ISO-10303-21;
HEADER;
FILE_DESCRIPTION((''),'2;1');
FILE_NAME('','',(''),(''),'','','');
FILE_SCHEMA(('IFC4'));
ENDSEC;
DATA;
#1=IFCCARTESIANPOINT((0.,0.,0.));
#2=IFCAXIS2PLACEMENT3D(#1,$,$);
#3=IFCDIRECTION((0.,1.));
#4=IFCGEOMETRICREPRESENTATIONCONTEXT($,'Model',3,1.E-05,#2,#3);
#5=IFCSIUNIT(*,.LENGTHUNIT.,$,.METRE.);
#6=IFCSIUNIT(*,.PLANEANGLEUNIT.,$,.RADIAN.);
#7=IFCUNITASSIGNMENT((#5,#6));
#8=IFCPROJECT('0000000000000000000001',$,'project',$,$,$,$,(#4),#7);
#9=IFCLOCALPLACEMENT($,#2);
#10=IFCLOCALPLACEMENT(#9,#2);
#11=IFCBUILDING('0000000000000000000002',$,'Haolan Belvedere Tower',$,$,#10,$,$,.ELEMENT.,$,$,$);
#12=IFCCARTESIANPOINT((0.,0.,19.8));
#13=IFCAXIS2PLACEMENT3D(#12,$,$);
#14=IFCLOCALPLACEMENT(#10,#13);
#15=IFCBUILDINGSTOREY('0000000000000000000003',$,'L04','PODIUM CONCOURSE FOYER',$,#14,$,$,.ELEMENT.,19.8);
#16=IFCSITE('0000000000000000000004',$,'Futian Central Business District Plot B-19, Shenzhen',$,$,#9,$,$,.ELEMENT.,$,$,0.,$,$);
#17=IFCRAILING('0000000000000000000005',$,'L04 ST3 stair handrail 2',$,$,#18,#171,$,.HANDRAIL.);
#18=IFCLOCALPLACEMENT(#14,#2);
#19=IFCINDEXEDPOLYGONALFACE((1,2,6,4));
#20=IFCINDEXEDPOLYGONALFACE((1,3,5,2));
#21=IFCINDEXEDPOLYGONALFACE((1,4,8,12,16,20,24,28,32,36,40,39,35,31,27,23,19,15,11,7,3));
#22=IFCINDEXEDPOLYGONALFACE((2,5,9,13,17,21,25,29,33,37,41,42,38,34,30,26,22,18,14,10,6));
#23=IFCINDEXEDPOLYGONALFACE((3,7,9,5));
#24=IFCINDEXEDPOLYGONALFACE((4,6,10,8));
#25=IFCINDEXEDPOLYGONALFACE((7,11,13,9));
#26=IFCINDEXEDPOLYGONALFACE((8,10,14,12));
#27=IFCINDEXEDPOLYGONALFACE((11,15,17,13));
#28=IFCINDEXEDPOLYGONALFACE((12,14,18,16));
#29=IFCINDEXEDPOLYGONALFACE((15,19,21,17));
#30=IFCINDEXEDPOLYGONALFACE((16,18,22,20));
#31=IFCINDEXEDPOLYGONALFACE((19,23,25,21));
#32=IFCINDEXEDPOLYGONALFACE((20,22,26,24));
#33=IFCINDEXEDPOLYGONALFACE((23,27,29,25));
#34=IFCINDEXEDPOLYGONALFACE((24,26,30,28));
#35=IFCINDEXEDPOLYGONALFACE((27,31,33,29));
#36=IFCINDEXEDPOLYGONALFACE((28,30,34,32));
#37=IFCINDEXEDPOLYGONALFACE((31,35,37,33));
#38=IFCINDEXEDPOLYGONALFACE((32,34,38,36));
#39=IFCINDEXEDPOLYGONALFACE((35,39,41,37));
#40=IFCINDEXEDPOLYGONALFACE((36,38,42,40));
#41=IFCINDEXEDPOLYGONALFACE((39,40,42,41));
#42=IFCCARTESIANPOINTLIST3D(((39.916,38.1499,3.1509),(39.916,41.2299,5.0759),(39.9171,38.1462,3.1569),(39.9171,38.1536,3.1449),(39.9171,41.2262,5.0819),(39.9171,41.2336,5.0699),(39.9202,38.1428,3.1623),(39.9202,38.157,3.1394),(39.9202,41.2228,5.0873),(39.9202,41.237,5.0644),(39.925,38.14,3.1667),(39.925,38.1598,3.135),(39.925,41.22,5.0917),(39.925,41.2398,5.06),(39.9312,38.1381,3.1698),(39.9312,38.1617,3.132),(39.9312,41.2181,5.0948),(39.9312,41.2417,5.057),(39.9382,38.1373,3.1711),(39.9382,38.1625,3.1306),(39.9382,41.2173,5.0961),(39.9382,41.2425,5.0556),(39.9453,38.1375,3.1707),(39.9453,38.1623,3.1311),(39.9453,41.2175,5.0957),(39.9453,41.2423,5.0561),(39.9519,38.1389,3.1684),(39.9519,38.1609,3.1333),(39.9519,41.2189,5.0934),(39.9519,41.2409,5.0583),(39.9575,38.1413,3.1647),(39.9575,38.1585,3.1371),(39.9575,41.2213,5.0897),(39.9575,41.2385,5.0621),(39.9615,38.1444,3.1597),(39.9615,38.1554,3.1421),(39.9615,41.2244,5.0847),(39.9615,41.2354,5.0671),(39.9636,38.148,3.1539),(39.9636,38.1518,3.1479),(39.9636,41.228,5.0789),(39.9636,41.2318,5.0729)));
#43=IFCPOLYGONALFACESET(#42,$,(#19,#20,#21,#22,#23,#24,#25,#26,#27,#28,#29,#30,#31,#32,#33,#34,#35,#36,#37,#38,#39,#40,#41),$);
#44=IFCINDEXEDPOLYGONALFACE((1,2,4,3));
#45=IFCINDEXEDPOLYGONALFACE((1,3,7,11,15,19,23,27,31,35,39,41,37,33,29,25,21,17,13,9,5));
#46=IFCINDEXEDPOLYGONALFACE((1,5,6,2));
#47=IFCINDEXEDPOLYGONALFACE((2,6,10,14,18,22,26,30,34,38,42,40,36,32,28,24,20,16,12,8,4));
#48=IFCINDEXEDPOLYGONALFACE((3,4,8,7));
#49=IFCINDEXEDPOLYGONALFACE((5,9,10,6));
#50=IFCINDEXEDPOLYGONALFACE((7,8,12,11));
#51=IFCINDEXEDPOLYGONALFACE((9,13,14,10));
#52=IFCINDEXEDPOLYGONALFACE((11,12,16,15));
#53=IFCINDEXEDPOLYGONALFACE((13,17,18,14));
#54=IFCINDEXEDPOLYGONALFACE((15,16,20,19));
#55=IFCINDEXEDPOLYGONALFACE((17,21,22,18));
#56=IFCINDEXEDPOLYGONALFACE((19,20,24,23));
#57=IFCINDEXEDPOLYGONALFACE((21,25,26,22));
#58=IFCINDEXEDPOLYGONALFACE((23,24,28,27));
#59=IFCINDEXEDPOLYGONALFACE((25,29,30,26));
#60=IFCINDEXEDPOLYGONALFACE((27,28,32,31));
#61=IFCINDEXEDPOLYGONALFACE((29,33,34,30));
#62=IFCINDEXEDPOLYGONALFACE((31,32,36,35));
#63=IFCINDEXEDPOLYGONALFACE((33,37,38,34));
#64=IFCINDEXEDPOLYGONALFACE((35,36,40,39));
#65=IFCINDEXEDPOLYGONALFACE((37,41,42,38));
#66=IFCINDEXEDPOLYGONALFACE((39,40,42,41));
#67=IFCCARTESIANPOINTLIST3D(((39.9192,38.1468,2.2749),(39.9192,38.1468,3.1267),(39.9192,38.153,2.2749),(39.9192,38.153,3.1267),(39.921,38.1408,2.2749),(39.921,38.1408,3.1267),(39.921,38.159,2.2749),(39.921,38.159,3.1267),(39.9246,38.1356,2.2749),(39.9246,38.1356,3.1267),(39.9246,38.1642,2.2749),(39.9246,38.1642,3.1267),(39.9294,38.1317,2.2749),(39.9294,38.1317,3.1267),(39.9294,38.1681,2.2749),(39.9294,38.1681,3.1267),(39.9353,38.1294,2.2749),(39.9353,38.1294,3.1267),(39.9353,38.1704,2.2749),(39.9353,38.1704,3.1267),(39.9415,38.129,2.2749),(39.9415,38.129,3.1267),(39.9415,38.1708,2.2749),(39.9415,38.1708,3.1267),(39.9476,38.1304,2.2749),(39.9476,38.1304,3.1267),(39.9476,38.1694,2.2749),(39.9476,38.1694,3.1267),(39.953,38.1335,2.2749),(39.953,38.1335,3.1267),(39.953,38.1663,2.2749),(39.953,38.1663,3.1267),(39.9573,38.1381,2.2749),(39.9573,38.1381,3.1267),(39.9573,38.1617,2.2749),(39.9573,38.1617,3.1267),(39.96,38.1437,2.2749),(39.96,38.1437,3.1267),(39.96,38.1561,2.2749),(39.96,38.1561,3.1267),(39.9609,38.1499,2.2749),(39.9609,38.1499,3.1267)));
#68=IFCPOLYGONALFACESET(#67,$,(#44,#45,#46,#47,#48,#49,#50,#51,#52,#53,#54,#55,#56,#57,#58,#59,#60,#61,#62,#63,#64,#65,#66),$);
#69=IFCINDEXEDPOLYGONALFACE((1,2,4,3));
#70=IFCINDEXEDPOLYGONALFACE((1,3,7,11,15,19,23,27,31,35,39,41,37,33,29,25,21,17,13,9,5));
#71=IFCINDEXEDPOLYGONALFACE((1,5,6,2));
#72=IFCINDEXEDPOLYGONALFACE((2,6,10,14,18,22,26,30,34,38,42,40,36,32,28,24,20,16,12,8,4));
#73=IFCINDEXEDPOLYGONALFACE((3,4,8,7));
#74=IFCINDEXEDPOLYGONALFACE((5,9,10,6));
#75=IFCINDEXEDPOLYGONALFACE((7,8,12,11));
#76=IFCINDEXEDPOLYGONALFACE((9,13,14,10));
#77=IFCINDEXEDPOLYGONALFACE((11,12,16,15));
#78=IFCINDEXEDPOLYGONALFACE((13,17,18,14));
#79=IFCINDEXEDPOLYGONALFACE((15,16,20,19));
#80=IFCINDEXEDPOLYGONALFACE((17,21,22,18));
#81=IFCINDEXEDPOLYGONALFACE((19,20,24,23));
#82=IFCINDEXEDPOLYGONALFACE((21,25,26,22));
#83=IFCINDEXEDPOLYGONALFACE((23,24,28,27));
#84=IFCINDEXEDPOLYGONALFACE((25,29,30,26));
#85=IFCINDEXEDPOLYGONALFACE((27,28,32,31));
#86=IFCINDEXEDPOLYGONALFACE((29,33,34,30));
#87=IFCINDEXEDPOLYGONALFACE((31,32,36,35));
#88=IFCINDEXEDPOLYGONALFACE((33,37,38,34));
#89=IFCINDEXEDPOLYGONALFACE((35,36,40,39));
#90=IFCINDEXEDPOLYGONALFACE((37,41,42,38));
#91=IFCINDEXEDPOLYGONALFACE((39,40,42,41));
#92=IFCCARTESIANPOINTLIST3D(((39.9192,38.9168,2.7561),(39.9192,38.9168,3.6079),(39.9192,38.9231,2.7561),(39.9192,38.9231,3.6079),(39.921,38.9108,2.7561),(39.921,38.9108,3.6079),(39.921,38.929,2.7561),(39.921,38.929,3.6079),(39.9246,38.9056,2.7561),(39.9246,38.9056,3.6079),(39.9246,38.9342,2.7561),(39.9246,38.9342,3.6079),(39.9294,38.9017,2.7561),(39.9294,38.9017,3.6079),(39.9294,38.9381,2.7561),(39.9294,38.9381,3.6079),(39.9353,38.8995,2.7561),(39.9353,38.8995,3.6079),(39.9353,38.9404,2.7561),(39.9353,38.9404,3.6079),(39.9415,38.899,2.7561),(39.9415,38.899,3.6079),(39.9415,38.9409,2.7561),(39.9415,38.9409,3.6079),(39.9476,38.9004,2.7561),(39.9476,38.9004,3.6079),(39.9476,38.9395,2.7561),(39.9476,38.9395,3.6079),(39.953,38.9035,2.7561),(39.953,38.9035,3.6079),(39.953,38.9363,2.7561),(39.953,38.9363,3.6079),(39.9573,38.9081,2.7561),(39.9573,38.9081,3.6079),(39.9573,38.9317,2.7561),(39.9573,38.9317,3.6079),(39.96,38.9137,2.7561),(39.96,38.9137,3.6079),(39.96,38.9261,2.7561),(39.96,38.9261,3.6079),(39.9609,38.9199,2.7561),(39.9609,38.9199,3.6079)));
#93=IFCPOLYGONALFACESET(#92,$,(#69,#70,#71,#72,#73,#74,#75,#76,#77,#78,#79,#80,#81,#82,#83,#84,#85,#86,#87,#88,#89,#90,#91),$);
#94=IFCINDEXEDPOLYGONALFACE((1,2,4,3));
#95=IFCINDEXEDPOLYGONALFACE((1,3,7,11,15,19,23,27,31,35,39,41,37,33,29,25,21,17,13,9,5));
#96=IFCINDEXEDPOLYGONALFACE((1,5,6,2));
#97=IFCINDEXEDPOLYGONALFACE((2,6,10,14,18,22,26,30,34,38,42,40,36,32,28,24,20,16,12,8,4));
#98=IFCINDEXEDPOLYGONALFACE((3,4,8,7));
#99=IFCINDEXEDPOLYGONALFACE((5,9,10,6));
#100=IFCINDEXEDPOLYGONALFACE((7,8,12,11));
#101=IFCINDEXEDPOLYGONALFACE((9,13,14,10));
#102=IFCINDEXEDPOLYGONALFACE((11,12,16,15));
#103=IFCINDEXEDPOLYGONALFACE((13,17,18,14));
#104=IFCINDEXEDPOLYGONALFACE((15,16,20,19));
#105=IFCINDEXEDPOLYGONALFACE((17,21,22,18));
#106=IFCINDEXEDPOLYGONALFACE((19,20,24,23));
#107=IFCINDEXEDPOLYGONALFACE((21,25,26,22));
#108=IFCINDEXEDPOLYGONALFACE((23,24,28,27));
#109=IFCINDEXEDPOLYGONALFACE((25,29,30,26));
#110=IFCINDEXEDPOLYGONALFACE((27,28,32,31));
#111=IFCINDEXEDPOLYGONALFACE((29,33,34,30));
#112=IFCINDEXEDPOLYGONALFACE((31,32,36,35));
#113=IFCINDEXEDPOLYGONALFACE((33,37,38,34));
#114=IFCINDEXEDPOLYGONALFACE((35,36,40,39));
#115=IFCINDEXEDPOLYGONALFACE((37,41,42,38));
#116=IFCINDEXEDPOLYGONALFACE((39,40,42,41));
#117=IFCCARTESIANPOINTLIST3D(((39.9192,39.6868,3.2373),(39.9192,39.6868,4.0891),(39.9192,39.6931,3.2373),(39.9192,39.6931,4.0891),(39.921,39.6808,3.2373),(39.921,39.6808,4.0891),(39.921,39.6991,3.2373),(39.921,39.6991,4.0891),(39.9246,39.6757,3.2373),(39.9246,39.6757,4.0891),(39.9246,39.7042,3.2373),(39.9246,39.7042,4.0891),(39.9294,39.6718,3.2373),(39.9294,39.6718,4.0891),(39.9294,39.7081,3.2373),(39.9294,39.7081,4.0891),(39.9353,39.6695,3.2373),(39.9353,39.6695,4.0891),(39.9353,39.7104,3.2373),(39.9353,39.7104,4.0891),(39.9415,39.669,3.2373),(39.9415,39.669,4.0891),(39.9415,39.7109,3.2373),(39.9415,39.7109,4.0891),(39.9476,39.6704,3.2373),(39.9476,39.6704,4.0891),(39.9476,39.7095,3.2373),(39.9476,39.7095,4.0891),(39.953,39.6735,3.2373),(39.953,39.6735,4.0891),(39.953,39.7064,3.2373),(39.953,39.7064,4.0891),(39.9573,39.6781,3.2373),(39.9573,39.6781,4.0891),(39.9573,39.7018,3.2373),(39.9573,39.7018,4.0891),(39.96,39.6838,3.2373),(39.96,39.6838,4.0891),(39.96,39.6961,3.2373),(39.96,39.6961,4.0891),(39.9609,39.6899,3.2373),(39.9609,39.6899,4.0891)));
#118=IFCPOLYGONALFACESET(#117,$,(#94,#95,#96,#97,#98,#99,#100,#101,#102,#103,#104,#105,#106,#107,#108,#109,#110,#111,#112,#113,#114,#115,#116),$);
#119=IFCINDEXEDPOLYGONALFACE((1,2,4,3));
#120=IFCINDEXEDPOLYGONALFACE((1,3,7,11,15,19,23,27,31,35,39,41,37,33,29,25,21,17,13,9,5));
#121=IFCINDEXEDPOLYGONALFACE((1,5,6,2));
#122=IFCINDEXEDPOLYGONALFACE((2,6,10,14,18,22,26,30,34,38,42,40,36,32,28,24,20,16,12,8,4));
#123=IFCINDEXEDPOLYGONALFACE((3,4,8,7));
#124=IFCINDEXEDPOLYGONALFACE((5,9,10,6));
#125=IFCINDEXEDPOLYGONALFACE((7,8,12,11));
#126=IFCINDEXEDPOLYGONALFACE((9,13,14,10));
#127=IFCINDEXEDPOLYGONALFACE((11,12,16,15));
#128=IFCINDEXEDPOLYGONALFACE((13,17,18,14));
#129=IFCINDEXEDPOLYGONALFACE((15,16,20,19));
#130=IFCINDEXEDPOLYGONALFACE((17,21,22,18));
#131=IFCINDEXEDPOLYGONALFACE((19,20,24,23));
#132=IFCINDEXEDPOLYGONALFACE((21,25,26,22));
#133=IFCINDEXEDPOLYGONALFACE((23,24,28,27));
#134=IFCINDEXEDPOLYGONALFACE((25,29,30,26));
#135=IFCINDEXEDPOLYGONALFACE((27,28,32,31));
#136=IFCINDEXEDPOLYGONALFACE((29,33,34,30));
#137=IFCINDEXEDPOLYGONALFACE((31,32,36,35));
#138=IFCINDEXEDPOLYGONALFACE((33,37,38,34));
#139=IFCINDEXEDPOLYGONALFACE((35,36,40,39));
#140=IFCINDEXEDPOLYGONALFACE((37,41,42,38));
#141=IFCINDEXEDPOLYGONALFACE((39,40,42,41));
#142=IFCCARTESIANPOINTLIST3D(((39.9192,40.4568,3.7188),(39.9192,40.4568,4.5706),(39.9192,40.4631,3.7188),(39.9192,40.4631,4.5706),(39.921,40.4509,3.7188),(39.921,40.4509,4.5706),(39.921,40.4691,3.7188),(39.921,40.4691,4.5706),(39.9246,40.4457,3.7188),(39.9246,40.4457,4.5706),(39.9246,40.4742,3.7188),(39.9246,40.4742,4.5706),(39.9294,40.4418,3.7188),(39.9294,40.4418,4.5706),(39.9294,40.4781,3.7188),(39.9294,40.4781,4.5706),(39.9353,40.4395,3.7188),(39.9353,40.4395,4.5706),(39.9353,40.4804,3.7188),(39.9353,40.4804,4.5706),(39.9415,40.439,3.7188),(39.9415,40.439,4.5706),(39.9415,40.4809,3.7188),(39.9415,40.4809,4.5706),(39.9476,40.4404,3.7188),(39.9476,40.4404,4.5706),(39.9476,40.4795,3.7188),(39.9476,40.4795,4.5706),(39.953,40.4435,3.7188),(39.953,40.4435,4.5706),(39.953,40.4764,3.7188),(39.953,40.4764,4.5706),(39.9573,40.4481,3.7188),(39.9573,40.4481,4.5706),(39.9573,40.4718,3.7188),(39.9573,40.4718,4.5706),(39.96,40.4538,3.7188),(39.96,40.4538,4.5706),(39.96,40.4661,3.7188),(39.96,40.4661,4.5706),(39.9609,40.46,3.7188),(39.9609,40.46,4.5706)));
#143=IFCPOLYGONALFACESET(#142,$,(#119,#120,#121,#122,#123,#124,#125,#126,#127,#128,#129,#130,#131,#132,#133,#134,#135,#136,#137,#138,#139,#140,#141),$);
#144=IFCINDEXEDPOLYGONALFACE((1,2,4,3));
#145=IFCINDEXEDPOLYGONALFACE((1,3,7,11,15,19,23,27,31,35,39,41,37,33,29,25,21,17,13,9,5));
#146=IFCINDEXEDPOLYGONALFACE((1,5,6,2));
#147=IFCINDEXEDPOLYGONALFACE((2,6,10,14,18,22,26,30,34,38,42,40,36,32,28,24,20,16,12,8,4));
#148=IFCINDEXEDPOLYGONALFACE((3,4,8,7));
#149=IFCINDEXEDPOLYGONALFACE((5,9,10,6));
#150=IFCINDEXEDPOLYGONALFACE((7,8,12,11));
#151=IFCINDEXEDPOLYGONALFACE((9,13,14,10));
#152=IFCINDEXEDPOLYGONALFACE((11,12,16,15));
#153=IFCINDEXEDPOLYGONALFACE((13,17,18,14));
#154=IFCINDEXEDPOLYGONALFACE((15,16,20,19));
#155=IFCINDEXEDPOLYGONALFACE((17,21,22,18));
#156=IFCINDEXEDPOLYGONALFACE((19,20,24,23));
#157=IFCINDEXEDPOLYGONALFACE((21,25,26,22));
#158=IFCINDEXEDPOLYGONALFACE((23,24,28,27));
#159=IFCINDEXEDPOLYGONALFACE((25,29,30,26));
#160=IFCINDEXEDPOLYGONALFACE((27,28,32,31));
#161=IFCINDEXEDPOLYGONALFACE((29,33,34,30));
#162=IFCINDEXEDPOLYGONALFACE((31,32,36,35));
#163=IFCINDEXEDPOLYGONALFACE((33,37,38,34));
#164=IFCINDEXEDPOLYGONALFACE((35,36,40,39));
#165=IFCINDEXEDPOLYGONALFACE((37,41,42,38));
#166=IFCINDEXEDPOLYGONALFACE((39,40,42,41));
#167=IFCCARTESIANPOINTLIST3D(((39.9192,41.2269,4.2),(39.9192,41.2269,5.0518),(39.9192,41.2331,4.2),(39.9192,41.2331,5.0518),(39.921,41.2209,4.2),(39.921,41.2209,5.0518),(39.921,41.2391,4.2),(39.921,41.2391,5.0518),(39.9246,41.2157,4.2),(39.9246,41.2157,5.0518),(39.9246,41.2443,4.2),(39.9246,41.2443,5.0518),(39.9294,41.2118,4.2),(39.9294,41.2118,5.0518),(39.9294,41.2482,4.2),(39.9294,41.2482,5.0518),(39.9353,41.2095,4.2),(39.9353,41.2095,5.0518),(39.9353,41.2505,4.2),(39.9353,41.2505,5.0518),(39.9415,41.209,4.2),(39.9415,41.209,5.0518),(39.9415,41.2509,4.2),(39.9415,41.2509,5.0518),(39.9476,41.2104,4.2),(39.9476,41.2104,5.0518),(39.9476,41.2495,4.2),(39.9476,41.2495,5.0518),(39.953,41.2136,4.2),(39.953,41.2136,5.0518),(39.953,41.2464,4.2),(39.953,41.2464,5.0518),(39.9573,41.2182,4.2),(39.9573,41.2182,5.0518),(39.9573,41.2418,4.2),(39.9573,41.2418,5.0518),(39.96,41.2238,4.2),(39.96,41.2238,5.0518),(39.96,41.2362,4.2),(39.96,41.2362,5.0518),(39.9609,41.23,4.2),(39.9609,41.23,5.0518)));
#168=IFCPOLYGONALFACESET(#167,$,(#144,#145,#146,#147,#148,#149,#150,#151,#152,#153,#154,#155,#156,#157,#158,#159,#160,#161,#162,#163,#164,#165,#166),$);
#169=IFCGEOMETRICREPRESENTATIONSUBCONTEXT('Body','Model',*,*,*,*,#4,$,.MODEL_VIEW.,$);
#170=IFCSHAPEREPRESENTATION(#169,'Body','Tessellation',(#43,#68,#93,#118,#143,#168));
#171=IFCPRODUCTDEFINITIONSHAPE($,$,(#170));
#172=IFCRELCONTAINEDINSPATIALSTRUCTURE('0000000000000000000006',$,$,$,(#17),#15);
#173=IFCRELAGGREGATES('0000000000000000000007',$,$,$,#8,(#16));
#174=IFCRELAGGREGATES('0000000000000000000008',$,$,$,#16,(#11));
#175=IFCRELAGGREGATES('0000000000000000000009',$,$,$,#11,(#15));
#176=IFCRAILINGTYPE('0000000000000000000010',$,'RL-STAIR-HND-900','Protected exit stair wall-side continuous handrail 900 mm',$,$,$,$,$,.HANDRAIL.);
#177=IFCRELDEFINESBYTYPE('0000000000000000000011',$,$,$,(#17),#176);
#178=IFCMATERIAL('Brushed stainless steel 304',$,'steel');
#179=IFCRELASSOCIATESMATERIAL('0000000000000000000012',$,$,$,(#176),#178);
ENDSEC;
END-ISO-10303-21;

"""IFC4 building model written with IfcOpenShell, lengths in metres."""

from ifc_helpers import new_model, si_unit, direction, frame, origin, origin_2d, place, context, subcontext, project, spatial, circle, extrude, material, type_object, element, save


model = new_model("IFC4")

# Units and contexts
model_context = context("Model", 3, precision=1e-05, world=origin(), true_north=direction((0.0, 1.0)))
body_context = subcontext(model_context, "Body", "Model", "MODEL_VIEW")
ifc_project = project(units=[si_unit("LENGTHUNIT", "METRE"), si_unit("PLANEANGLEUNIT", "RADIAN")], contexts=[model_context])

# Site, building, storey
site_placement = place(None, origin())
site = spatial("IfcSite", under=ifc_project, at=site_placement, Name="Futian Central Business District Plot B-19, Shenzhen", CompositionType="ELEMENT", RefElevation=0.0)
building_placement = place(site_placement, origin())
building = spatial("IfcBuilding", under=site, at=building_placement, Name="Haolan Belvedere Tower", CompositionType="ELEMENT")
storey_placement = place(building_placement, frame((0.0, 0.0, 19.8)))
storey = spatial("IfcBuildingStorey", under=building, at=storey_placement, Name="L04", Description="PODIUM CONCOURSE FOYER", CompositionType="ELEMENT", Elevation=19.8)

# Railing
ifc_material_1 = material(Name="Brushed stainless steel 304", Category="steel")
railing_type_1 = type_object("IfcRailingType", Name="RL-STAIR-HND-900", Description="Protected exit stair wall-side continuous handrail 900 mm", PredefinedType="HANDRAIL", material=ifc_material_1)
railing_1_placement = place(storey_placement, frame((39.9399, 38.1499, 2.2749)))
element("IfcRailing", 1, at=railing_1_placement, inside=storey, type_object=railing_type_1, Name="L04 ST3 stair handrail 2", PredefinedType="HANDRAIL", context=body_context, shape_type="SweptSolid", body=[
    extrude(circle(Radius=0.0239, at=origin_2d()), frame((0.0, 0.0, 0.876), z_axis=(0.0, 0.847998, 0.529999), x_axis=(-1.0, 0.0, 0.0)), (0.0, 0.0, 1.0), 3.6321),
    extrude(circle(Radius=0.021, at=origin_2d()), origin(), (0.0, 0.0, 1.0), 0.8518),
    extrude(circle(Radius=0.021, at=origin_2d()), frame((0.0, 0.77, 0.4812)), (0.0, 0.0, 1.0), 0.8518),
    extrude(circle(Radius=0.021, at=origin_2d()), frame((0.0, 1.54, 0.9624)), (0.0, 0.0, 1.0), 0.8518),
    extrude(circle(Radius=0.021, at=origin_2d()), frame((0.0, 2.3101, 1.4438)), (0.0, 0.0, 1.0), 0.8518),
    extrude(circle(Radius=0.021, at=origin_2d()), frame((0.0, 3.0801, 1.925)), (0.0, 0.0, 1.0), 0.8518),
])

save(model, "model.ifc")
